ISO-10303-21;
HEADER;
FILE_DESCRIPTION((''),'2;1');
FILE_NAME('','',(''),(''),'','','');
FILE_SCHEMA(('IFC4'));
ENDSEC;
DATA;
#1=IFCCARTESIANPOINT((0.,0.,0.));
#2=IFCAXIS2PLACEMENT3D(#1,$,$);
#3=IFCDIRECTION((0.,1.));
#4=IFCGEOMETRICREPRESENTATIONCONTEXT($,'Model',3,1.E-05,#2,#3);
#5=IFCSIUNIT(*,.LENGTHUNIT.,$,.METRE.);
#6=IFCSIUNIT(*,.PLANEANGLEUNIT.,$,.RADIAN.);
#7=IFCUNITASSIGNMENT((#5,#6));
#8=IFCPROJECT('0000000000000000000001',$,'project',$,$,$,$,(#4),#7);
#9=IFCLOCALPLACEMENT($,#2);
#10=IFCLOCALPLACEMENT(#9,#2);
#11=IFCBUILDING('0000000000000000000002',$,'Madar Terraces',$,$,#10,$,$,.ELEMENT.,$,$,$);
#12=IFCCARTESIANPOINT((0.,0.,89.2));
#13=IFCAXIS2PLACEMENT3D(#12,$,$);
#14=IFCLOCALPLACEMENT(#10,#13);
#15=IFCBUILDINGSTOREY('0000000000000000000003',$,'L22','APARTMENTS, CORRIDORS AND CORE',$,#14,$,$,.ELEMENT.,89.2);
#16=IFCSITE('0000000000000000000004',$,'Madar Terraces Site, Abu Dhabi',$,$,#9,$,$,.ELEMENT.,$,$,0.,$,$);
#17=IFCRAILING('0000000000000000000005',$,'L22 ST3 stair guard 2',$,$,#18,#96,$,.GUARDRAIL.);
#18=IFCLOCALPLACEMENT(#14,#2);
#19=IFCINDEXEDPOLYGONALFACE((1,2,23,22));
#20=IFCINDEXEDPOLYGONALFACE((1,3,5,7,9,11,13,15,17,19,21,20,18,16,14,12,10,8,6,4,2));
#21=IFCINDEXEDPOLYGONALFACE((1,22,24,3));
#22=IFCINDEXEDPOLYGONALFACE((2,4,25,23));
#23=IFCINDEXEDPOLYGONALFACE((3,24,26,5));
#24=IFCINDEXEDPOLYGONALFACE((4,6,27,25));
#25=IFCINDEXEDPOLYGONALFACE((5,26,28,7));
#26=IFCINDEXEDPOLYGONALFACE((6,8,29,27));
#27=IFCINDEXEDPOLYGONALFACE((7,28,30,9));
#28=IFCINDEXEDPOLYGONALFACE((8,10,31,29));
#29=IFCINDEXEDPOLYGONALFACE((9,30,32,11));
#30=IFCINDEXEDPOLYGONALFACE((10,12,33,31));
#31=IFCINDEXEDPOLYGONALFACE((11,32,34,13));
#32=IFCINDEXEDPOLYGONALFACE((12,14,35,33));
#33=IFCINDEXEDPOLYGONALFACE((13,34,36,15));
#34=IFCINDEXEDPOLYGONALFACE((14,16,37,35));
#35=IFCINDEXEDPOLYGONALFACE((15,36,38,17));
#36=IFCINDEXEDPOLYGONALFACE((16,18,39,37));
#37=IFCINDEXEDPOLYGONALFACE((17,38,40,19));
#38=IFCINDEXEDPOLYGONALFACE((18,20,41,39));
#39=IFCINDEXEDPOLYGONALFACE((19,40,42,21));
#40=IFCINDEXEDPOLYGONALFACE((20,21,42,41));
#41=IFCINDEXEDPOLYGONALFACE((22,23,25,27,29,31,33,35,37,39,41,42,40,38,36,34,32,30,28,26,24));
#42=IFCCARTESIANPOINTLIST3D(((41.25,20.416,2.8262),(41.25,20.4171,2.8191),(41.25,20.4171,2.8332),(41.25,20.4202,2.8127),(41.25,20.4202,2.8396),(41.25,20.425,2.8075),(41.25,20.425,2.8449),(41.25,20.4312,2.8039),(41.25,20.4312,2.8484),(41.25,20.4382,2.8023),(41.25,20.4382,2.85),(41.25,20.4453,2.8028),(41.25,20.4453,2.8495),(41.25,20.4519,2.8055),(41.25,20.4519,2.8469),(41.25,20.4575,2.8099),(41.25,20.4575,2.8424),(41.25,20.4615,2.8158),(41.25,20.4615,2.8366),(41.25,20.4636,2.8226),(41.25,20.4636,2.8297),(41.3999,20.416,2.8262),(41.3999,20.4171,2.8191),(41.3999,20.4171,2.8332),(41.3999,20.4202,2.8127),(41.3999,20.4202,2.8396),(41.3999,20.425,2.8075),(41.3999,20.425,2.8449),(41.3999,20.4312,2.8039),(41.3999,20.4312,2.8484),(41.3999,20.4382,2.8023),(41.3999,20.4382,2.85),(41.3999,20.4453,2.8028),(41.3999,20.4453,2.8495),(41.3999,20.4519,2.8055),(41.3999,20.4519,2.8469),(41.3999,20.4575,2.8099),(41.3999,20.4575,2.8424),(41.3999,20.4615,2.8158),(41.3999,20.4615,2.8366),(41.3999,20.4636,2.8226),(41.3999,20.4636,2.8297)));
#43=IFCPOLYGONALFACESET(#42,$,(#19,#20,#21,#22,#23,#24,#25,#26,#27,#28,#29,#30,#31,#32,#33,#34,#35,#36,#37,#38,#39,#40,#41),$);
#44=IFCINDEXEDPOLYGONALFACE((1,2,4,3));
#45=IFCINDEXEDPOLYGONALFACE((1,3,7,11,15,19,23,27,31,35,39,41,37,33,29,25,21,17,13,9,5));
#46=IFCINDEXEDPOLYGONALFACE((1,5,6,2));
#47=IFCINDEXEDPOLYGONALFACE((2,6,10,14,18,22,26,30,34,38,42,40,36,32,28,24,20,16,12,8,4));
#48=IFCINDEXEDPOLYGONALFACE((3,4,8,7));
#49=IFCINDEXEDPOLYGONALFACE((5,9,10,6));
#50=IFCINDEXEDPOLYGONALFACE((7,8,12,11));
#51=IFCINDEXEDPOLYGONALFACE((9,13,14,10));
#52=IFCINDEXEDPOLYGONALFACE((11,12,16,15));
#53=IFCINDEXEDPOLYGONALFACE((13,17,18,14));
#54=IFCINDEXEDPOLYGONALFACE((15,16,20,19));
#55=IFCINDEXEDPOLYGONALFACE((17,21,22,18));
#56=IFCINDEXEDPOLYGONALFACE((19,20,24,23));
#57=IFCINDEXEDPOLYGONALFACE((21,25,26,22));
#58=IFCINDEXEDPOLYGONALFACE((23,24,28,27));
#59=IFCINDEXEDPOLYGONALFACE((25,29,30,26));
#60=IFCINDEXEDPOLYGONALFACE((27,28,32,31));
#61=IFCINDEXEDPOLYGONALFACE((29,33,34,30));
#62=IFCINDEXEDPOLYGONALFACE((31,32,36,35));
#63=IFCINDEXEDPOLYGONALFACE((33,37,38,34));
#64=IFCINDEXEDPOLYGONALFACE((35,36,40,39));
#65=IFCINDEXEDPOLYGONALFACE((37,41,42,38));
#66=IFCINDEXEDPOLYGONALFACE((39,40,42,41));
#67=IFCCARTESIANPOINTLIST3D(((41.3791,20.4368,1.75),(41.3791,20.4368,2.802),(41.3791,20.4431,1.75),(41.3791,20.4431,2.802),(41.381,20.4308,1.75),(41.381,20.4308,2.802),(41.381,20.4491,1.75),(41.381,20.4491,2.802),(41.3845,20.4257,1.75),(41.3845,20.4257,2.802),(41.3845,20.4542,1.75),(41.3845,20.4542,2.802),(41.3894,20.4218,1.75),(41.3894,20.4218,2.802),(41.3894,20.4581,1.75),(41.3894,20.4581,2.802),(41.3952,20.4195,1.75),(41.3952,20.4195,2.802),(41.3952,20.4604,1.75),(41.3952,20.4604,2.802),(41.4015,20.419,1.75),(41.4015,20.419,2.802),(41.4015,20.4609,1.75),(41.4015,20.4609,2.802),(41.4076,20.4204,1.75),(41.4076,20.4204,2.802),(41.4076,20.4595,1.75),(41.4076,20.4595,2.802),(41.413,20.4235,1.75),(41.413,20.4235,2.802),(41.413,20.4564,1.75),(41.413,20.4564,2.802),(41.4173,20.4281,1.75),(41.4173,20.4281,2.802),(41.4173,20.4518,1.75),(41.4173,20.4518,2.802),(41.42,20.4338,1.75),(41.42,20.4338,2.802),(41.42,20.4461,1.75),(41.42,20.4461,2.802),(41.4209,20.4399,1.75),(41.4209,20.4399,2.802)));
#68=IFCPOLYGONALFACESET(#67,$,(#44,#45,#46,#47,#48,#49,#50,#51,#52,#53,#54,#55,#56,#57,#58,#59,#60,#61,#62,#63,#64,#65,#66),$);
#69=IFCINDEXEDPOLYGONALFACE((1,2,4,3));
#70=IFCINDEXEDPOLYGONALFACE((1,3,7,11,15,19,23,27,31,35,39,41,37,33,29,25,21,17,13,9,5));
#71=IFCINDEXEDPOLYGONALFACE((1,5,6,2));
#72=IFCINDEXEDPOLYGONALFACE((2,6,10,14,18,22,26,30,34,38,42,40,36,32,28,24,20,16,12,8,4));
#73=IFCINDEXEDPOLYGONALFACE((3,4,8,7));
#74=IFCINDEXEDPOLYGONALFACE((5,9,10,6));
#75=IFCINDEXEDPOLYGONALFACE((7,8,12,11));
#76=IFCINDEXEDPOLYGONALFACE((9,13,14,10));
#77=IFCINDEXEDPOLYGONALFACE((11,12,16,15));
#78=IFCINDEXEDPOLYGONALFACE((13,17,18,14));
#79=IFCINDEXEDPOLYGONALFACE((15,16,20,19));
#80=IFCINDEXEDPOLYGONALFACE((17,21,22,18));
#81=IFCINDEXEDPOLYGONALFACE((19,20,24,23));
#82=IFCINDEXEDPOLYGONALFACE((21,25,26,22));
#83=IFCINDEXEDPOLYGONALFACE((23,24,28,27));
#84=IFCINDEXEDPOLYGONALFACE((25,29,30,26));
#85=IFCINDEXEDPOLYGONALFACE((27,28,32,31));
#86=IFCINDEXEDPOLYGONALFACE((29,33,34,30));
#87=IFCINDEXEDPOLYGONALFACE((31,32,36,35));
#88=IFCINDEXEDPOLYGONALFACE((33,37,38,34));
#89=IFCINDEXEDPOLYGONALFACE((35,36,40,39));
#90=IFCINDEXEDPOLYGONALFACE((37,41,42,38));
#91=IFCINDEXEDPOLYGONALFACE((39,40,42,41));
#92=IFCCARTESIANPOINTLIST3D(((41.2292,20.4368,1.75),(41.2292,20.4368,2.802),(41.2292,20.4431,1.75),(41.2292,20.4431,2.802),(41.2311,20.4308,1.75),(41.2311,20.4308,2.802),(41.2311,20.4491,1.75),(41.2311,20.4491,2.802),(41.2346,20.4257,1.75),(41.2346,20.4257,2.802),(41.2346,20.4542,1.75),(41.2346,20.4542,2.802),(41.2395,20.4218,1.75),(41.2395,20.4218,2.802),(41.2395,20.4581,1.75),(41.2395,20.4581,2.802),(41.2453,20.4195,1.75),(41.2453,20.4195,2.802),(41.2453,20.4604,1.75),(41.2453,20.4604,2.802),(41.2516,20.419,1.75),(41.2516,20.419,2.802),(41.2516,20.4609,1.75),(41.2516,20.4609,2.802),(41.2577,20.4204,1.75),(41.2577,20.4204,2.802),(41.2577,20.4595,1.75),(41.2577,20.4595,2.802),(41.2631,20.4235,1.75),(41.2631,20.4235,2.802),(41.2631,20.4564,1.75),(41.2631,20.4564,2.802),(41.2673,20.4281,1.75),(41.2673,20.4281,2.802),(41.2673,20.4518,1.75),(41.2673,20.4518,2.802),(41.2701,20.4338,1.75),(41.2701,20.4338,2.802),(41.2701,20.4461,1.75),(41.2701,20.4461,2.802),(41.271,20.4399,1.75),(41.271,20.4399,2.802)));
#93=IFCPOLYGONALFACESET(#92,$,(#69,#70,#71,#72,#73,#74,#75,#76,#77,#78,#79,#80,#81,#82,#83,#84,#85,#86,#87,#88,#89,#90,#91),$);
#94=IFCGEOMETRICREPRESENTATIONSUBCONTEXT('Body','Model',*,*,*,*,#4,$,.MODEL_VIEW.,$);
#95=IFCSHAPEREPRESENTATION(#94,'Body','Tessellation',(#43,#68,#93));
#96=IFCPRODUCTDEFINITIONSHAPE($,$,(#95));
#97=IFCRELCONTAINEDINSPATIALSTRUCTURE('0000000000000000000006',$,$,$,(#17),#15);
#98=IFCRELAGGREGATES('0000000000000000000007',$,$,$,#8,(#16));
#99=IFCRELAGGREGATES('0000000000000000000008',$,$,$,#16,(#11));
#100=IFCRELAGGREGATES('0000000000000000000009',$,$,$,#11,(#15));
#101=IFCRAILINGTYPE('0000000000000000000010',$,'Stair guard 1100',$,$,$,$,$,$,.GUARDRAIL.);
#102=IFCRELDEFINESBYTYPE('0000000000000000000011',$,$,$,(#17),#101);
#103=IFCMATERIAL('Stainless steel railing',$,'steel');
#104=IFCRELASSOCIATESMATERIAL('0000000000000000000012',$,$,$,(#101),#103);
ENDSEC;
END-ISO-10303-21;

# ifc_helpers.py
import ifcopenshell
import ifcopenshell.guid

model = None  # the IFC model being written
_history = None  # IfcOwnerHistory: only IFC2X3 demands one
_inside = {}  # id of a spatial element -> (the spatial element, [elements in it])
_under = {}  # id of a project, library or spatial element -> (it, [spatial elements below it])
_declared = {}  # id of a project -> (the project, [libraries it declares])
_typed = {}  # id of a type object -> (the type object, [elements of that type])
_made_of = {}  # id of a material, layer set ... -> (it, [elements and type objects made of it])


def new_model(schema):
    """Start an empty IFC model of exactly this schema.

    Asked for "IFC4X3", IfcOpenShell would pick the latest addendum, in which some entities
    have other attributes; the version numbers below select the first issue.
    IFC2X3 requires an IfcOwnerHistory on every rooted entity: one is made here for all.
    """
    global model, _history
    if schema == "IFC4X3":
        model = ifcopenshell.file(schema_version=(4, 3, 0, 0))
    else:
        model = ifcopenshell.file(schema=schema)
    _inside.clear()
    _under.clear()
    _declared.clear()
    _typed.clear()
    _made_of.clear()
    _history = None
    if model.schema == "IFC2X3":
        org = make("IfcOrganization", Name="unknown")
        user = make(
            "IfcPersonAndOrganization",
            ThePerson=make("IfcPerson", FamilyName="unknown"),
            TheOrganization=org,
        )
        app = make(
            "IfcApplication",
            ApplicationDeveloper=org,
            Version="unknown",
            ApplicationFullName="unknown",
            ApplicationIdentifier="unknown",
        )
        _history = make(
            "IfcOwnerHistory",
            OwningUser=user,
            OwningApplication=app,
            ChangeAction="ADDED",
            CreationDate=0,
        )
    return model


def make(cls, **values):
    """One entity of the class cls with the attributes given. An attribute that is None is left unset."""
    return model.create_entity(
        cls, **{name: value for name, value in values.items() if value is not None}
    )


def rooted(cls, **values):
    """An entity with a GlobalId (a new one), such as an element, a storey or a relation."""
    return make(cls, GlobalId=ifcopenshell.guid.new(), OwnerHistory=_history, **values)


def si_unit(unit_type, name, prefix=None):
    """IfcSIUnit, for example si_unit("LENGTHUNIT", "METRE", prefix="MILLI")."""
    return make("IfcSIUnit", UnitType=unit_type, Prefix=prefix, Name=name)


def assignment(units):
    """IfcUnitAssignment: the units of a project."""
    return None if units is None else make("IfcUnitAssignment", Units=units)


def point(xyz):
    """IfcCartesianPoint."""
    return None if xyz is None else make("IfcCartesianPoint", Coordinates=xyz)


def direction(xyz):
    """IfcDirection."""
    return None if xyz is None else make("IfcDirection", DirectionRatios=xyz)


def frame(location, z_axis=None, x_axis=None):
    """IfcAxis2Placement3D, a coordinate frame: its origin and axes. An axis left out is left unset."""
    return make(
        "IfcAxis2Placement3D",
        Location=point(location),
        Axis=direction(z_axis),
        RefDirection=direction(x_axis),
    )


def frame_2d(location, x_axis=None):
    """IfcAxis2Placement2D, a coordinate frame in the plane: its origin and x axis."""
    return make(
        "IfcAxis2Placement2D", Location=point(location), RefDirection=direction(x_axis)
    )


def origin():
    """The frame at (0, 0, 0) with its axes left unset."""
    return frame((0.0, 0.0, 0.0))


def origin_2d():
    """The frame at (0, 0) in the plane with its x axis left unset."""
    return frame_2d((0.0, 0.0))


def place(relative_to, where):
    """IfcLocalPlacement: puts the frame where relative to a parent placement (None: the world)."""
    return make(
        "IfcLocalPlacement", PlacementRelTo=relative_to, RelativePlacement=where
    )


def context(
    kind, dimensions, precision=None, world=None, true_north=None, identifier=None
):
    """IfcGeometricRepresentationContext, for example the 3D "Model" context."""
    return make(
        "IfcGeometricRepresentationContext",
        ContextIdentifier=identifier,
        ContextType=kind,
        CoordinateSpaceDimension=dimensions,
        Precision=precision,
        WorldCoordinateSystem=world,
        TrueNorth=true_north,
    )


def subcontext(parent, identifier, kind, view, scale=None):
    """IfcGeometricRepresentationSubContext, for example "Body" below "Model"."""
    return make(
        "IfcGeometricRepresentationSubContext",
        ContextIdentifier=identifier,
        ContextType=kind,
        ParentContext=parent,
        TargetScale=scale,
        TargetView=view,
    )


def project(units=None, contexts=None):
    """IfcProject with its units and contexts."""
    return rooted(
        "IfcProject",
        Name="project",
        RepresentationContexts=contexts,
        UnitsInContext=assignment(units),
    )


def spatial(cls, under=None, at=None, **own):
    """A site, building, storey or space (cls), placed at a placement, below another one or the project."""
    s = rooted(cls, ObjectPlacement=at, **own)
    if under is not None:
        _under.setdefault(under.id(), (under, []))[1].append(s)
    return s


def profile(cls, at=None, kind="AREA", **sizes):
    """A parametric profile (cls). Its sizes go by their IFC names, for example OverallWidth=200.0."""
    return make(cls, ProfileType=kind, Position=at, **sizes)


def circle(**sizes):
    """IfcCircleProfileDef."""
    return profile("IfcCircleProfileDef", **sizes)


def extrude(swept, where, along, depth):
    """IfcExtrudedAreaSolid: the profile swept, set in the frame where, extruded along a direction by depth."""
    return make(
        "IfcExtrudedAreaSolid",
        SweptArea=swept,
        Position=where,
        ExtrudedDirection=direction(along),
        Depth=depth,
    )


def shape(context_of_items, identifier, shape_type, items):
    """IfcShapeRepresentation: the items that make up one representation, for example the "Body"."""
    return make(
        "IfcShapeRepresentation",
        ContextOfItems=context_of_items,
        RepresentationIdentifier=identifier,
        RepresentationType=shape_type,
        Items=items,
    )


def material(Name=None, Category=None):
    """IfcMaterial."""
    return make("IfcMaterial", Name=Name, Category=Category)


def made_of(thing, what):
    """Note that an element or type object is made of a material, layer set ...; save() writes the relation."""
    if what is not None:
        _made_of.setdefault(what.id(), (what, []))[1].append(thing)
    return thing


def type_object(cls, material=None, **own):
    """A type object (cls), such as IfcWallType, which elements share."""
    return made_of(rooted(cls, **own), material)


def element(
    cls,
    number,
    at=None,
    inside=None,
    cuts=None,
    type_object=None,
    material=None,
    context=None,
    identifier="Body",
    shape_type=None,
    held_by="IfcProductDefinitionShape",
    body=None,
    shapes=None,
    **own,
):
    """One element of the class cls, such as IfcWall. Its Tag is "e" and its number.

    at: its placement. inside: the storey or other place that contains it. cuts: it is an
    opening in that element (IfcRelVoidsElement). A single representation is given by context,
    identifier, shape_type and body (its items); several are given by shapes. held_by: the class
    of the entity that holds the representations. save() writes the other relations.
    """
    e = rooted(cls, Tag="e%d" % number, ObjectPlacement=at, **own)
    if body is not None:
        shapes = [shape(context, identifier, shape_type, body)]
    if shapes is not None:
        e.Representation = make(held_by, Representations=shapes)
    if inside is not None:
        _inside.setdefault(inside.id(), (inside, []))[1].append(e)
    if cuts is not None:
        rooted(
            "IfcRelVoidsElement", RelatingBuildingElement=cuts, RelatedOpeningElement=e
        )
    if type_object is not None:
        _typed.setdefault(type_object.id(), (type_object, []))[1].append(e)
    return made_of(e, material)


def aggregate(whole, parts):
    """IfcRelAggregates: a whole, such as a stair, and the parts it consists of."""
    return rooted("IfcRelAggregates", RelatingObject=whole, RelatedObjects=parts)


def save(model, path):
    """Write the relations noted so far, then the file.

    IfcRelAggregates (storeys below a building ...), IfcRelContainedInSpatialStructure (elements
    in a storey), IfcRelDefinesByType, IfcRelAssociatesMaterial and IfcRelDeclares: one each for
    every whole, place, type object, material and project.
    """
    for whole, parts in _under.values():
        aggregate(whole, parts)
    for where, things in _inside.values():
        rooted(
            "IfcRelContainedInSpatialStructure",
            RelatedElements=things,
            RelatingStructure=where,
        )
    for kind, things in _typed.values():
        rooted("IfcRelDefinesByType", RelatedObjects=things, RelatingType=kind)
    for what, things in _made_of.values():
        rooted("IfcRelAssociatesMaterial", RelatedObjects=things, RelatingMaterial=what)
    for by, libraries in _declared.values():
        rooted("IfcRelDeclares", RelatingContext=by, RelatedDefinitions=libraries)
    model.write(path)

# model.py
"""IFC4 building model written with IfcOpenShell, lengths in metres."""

from ifc_helpers import new_model, si_unit, direction, frame, origin, origin_2d, place, context, subcontext, project, spatial, circle, extrude, material, type_object, element, save


model = new_model("IFC4")

# Units and contexts
model_context = context("Model", 3, precision=1e-05, world=origin(), true_north=direction((0.0, 1.0)))
body_context = subcontext(model_context, "Body", "Model", "MODEL_VIEW")
ifc_project = project(units=[si_unit("LENGTHUNIT", "METRE"), si_unit("PLANEANGLEUNIT", "RADIAN")], contexts=[model_context])

# Site, building, storey
site_placement = place(None, origin())
site = spatial("IfcSite", under=ifc_project, at=site_placement, Name="Madar Terraces Site, Abu Dhabi", CompositionType="ELEMENT", RefElevation=0.0)
building_placement = place(site_placement, origin())
building = spatial("IfcBuilding", under=site, at=building_placement, Name="Madar Terraces", CompositionType="ELEMENT")
storey_placement = place(building_placement, frame((0.0, 0.0, 89.2)))
storey = spatial("IfcBuildingStorey", under=building, at=storey_placement, Name="L22", Description="APARTMENTS, CORRIDORS AND CORE", CompositionType="ELEMENT", Elevation=89.2)

# Railing
ifc_material_1 = material(Name="Stainless steel railing", Category="steel")
railing_type_1 = type_object("IfcRailingType", Name="Stair guard 1100", PredefinedType="GUARDRAIL", material=ifc_material_1)
railing_1_placement = place(storey_placement, frame((41.3999, 20.4399, 1.75)))
element("IfcRailing", 1, at=railing_1_placement, inside=storey, type_object=railing_type_1, Name="L22 ST3 stair guard 2", PredefinedType="GUARDRAIL", context=body_context, shape_type="SweptSolid", body=[
    extrude(circle(Radius=0.0239, at=origin_2d()), frame((0.0, 0.0, 1.0762), z_axis=(-1.0, 0.0, 0.0), x_axis=(0.0, -1.0, 0.0)), (0.0, 0.0, 1.0), 0.1499),
    extrude(circle(Radius=0.021, at=origin_2d()), origin(), (0.0, 0.0, 1.0), 1.052),
    extrude(circle(Radius=0.021, at=origin_2d()), frame((-0.1499, 0.0, 0.0)), (0.0, 0.0, 1.0), 1.052),
])

save(model, "model.ifc")
